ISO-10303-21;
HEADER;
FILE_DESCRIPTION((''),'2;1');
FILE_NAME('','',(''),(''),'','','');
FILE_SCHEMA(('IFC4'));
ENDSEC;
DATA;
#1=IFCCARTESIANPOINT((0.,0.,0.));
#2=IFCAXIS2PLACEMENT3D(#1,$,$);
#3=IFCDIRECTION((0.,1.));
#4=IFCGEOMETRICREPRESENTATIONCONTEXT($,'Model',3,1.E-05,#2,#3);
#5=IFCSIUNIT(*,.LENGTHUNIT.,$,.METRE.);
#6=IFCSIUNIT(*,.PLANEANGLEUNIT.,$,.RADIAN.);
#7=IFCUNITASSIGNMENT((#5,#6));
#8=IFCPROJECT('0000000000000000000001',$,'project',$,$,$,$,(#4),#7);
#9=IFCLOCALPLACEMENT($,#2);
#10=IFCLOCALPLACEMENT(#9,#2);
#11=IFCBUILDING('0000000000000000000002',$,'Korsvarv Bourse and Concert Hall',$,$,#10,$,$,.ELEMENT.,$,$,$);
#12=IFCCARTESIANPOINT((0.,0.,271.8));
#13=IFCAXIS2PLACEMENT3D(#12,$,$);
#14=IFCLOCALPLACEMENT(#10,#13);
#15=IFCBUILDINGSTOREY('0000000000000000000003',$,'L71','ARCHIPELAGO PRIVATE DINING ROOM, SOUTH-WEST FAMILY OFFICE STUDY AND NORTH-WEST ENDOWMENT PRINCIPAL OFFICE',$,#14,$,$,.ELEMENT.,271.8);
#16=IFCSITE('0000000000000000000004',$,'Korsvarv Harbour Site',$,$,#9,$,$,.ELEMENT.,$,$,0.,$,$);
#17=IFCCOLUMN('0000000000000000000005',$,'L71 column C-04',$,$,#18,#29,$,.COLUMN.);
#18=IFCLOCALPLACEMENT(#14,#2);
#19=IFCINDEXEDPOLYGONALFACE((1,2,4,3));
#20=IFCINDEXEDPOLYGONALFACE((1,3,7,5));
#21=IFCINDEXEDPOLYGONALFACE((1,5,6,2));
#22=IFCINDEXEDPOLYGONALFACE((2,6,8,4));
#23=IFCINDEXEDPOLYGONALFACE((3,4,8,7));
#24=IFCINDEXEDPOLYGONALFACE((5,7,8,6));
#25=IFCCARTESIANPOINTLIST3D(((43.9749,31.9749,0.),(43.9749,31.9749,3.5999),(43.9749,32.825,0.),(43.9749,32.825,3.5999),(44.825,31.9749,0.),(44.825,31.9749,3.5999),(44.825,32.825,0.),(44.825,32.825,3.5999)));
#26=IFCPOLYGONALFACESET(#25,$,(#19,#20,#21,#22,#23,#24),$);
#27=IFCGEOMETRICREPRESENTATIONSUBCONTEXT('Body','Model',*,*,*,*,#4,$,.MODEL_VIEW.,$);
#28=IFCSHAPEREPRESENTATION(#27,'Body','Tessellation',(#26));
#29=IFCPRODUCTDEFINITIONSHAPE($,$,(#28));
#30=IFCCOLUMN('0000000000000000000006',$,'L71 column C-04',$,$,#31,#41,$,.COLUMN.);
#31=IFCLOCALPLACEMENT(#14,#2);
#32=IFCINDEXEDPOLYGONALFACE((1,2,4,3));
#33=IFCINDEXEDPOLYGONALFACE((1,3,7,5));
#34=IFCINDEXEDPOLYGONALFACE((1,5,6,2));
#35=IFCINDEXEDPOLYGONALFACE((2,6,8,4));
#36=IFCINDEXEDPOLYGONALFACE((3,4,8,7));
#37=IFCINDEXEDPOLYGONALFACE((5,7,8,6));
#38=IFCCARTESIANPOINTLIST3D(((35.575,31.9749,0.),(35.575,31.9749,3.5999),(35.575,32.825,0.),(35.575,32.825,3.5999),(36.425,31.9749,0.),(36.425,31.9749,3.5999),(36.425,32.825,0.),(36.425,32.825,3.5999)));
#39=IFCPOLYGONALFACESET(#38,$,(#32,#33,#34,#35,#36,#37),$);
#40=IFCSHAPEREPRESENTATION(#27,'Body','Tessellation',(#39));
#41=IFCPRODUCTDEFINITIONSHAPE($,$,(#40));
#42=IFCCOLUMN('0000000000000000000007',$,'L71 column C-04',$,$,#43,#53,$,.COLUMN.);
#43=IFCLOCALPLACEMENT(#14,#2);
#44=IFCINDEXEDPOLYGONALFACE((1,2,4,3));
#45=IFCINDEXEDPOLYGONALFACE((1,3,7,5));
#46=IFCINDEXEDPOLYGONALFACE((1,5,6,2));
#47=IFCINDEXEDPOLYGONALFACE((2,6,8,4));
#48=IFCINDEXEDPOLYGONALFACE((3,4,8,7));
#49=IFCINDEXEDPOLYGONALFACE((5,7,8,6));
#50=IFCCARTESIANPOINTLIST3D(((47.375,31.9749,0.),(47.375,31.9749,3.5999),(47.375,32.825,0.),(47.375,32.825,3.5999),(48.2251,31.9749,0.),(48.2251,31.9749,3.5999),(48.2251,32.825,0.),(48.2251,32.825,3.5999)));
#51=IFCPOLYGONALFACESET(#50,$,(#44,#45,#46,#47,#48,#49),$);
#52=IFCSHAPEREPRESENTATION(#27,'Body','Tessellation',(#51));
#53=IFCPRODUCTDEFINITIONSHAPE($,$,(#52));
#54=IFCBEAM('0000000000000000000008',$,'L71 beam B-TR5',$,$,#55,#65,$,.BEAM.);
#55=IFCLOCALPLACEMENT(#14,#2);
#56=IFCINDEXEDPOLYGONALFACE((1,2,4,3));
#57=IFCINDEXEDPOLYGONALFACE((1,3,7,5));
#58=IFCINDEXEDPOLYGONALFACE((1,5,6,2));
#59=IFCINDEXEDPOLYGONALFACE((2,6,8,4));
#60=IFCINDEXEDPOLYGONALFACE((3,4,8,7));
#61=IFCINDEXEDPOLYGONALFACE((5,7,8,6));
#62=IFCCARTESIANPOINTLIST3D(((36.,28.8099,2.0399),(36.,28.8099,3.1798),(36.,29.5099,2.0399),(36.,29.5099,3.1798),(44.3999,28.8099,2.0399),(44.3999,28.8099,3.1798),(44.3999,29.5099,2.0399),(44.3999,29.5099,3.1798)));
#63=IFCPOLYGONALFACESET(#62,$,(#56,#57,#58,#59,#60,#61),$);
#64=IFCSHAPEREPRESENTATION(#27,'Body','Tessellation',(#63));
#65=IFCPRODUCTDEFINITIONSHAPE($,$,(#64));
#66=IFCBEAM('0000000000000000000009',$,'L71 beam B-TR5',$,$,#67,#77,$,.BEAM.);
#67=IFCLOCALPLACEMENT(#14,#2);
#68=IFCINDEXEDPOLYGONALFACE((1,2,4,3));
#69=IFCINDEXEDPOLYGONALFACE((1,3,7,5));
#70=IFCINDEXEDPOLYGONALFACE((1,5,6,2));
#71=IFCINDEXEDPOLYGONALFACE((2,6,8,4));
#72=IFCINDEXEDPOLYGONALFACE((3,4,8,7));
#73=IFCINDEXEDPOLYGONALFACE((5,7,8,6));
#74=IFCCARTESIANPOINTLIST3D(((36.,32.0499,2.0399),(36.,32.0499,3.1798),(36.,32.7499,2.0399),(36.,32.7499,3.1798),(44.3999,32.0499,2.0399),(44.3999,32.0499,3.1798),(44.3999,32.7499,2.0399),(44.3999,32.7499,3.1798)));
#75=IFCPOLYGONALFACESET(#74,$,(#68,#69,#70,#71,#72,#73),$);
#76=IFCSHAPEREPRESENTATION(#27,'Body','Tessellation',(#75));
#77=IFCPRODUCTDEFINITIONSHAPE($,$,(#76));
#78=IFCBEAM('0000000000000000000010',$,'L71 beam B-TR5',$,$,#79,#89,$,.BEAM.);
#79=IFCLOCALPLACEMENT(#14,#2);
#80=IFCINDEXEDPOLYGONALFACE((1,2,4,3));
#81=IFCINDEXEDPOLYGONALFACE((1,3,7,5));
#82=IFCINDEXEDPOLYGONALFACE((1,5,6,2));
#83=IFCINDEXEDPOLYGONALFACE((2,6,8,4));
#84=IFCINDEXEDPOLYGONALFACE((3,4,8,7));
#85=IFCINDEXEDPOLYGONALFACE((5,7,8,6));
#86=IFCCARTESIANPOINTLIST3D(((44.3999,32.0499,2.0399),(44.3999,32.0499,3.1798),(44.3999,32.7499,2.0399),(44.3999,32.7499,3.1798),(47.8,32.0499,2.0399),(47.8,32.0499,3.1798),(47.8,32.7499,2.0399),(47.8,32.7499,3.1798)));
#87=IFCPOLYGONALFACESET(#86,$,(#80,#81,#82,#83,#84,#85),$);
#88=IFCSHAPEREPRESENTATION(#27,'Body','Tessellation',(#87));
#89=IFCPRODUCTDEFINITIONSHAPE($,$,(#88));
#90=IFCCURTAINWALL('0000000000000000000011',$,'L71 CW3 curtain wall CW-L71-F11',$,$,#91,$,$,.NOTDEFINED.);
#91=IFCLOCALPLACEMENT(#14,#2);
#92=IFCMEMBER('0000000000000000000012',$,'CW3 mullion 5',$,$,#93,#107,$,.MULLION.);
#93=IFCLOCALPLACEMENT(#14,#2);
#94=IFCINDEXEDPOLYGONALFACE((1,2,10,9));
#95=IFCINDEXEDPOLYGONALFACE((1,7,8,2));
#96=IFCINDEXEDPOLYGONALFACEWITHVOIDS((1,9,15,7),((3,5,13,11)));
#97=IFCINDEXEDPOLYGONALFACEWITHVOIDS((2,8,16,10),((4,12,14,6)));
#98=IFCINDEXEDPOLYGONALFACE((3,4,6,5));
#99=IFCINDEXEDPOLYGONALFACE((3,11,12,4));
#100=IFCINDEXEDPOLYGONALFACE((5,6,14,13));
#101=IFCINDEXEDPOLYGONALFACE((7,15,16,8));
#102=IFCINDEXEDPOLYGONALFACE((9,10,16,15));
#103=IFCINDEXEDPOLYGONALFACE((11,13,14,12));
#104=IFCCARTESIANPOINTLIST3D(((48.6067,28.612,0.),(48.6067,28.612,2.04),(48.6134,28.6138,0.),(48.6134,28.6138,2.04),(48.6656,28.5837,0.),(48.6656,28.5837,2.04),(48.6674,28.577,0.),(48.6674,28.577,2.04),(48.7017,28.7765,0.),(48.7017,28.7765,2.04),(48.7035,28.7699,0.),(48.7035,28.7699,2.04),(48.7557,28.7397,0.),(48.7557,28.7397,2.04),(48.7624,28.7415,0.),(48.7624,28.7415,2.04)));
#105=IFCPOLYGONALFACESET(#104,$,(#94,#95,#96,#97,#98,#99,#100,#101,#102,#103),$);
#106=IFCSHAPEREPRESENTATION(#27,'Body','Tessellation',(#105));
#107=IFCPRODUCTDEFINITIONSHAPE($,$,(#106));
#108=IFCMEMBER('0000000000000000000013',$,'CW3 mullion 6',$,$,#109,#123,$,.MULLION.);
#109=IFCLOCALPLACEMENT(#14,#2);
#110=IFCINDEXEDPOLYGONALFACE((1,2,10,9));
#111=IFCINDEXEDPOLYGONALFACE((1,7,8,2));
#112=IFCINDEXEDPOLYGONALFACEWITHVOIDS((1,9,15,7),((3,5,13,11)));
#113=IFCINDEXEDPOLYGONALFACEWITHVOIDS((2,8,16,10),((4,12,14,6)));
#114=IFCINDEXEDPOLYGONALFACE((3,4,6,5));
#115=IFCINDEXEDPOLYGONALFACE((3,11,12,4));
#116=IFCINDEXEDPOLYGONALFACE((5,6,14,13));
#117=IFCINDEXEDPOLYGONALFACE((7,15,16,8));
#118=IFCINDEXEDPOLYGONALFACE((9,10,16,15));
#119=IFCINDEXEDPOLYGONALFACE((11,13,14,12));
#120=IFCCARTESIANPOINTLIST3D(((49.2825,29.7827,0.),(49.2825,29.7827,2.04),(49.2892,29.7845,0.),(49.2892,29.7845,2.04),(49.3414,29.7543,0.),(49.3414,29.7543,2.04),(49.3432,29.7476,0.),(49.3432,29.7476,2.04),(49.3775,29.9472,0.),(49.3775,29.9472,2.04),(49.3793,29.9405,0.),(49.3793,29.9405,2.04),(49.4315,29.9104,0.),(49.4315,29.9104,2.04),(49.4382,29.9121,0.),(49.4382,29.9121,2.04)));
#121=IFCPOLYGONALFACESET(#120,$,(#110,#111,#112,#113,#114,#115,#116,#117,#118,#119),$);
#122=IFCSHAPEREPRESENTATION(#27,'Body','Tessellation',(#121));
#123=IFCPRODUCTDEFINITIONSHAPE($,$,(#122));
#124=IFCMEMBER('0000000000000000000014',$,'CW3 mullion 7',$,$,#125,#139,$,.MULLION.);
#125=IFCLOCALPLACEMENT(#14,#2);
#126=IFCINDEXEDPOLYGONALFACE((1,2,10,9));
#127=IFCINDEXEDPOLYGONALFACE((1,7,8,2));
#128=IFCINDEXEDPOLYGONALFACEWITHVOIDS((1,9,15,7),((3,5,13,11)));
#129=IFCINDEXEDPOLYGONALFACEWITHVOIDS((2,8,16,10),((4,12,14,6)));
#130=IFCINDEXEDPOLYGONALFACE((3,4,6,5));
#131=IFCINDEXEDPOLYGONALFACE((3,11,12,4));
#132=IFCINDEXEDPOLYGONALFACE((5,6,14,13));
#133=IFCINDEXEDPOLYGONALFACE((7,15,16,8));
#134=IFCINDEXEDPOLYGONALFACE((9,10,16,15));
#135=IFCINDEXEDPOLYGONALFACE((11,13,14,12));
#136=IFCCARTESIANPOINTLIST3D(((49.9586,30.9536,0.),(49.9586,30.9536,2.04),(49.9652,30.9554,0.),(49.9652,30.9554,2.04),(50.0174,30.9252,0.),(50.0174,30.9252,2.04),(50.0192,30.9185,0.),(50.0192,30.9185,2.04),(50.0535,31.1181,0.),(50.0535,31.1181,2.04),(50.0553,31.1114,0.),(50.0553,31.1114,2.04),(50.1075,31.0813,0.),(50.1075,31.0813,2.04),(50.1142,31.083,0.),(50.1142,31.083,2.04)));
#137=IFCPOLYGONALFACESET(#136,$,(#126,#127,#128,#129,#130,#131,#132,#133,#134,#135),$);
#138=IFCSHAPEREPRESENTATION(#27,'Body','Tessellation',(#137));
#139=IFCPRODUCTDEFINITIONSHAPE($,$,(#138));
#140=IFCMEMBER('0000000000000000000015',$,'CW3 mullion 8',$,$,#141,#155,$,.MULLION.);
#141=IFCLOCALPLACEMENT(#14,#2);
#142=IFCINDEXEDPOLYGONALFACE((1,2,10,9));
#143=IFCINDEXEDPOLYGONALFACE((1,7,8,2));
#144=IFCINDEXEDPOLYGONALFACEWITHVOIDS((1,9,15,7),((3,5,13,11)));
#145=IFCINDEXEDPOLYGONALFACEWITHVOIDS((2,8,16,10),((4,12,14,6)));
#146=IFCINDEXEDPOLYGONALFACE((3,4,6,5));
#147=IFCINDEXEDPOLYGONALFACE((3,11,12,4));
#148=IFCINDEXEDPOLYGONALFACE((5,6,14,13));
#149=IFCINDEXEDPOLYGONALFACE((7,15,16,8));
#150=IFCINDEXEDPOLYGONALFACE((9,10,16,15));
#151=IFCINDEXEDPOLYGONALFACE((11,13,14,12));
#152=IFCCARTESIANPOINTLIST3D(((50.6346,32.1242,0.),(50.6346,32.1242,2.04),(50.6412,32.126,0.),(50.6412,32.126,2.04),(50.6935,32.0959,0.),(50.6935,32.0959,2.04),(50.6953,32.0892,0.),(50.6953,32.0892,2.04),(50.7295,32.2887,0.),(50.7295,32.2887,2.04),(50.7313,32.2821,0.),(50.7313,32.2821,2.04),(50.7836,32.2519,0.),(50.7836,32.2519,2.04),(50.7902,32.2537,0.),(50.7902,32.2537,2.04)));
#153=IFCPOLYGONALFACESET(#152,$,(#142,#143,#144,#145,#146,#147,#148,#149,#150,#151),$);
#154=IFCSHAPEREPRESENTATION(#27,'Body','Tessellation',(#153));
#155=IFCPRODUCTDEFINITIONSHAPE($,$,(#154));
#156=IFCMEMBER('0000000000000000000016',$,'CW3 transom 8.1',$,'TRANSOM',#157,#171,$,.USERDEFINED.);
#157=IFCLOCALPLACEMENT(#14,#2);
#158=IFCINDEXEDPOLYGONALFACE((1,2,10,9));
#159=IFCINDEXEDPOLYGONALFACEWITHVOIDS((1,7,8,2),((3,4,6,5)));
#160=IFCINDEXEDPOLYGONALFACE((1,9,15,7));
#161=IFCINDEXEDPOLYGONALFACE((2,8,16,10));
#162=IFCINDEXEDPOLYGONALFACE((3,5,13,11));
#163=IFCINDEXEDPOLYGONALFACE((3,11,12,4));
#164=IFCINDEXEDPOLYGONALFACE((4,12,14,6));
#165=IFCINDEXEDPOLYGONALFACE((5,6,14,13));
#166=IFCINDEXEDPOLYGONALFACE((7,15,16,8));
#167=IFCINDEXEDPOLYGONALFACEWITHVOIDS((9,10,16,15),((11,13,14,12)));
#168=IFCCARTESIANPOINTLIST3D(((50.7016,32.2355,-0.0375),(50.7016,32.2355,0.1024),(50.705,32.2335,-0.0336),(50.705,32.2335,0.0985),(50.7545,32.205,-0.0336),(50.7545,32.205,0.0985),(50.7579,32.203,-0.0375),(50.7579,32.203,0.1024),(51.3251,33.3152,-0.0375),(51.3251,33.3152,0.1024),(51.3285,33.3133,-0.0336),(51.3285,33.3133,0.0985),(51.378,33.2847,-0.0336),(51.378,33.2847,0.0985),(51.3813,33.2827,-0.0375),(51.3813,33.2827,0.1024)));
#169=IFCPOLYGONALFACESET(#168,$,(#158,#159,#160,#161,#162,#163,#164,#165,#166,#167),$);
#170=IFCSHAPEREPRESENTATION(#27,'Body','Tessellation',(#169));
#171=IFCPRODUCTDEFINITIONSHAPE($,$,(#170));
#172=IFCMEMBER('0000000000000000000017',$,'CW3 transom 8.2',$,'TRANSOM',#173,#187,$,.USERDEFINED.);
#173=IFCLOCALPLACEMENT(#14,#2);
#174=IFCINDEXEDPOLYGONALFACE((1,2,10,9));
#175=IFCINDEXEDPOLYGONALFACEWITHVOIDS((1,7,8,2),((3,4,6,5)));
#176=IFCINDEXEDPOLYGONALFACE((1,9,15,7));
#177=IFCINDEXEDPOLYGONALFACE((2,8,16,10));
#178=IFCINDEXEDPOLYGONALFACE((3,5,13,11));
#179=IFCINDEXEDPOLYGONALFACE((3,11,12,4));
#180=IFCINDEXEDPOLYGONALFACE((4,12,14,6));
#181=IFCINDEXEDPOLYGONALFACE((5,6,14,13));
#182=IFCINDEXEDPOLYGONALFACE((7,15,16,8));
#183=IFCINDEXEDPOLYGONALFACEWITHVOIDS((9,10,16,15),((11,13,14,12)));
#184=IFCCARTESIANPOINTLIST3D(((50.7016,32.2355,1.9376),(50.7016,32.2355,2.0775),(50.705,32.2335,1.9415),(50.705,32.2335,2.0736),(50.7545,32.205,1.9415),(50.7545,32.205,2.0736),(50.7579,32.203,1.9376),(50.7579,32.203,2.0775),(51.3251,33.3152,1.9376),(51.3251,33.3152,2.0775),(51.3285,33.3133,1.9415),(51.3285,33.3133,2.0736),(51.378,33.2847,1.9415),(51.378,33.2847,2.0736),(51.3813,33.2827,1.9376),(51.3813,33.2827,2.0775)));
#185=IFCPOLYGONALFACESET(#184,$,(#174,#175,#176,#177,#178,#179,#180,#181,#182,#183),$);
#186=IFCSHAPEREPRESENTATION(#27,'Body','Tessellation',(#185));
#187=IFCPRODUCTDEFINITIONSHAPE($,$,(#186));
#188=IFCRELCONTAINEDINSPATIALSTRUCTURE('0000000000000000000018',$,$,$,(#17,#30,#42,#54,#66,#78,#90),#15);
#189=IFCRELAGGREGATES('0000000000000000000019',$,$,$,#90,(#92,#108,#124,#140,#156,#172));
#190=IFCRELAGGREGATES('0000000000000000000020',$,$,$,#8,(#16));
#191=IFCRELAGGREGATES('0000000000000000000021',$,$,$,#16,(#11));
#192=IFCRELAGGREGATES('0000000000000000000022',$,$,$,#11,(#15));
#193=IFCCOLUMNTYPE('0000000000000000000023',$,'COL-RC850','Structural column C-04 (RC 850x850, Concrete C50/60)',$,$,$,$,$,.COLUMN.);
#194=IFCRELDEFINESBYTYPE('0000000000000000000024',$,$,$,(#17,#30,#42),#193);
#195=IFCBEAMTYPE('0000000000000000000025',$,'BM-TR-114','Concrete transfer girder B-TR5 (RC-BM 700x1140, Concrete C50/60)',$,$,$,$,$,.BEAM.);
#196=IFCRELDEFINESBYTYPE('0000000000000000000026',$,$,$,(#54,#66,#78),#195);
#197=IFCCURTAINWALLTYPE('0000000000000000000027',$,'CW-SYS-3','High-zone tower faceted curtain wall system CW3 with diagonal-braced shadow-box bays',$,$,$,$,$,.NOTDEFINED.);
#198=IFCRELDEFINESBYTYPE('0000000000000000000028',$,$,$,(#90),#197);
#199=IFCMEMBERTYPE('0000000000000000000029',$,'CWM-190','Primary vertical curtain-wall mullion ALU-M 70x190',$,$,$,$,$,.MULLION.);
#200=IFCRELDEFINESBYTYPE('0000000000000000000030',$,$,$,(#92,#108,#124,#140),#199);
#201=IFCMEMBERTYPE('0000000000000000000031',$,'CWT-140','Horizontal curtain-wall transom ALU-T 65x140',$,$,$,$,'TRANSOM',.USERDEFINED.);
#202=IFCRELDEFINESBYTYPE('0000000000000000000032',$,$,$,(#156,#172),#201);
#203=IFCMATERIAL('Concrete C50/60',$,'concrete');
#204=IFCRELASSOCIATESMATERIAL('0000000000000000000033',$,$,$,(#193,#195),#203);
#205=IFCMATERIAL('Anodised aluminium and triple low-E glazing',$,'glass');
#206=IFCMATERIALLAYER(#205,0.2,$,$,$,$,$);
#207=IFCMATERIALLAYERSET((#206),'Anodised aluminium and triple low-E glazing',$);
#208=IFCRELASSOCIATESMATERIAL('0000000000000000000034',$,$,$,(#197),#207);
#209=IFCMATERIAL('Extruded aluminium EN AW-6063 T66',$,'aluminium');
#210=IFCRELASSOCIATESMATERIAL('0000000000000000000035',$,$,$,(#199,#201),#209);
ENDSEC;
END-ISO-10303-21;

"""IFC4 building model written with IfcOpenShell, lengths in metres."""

from ifc_helpers import new_model, si_unit, direction, frame, origin, origin_2d, place, context, subcontext, project, spatial, rectangle, hollow_rectangle, extrude, source, transform, mapped, material, layer, layer_set, material_profile, profile_set, type_object, element, aggregate, save


model = new_model("IFC4")

# Units and contexts
model_context = context("Model", 3, precision=1e-05, world=origin(), true_north=direction((0.0, 1.0)))
body_context = subcontext(model_context, "Body", "Model", "MODEL_VIEW")
ifc_project = project(units=[si_unit("LENGTHUNIT", "METRE"), si_unit("PLANEANGLEUNIT", "RADIAN")], contexts=[model_context])

# Site, building, storey
site_placement = place(None, origin())
site = spatial("IfcSite", under=ifc_project, at=site_placement, Name="Korsvarv Harbour Site", CompositionType="ELEMENT", RefElevation=0.0)
building_placement = place(site_placement, origin())
building = spatial("IfcBuilding", under=site, at=building_placement, Name="Korsvarv Bourse and Concert Hall", CompositionType="ELEMENT")
storey_placement = place(building_placement, frame((0.0, 0.0, 271.8)))
storey = spatial("IfcBuildingStorey", under=building, at=storey_placement, Name="L71", Description="ARCHIPELAGO PRIVATE DINING ROOM, SOUTH-WEST FAMILY OFFICE STUDY AND NORTH-WEST ENDOWMENT PRINCIPAL OFFICE", CompositionType="ELEMENT", Elevation=271.8)

# Columns
ifc_material_1 = material(Name="Concrete C50/60", Category="concrete")
ifc_material_profile_1 = material_profile(ifc_material_1, rectangle(XDim=0.8501, YDim=0.8501, at=origin_2d()), Name="RC 850x850")
ifc_profile_set_1 = profile_set([ifc_material_profile_1], Name="Concrete C50/60")
column_type = type_object("IfcColumnType", Name="COL-RC850", Description="Structural column C-04 (RC 850x850, Concrete C50/60)", PredefinedType="COLUMN", material=ifc_profile_set_1)
shared_shape_1 = source(origin(), body_context, "Body", "SweptSolid", [
    extrude(rectangle(XDim=0.8501, YDim=0.8501, at=origin_2d()), origin(), (0.0, 0.0, 1.0), 3.5999),
])
for number, where, z_axis, x_axis, name in (
    (1, (44.3999, 32.3999, 0.0), (0.0, 0.0, 1.0), (1.0, 0.0, 0.0), "L71 column C-04"),
    (2, (36.0, 32.3999, 0.0), (0.0, 0.0, 1.0), (1.0, 0.0, 0.0), "L71 column C-04"),
    (3, (47.8, 32.3999, 0.0), (0.0, 0.0, 1.0), (1.0, 0.0, 0.0), "L71 column C-04"),
):
    element("IfcColumn", number, at=place(storey_placement, frame(where, z_axis=z_axis, x_axis=x_axis)), inside=storey, type_object=column_type, Name=name, PredefinedType="COLUMN", context=body_context, shape_type="MappedRepresentation", body=[
        mapped(shared_shape_1, transform((0.0, 0.0, 0.0), scale=1.0)),
    ])

# Beams
ifc_material_profile_2 = material_profile(ifc_material_1, rectangle(XDim=0.7, YDim=1.1399, at=origin_2d()), Name="RC-BM 700x1140")
ifc_profile_set_2 = profile_set([ifc_material_profile_2], Name="Concrete C50/60")
beam_type = type_object("IfcBeamType", Name="BM-TR-114", Description="Concrete transfer girder B-TR5 (RC-BM 700x1140, Concrete C50/60)", PredefinedType="BEAM", material=ifc_profile_set_2)
shared_shape_2 = source(origin(), body_context, "Body", "SweptSolid", [
    extrude(rectangle(XDim=0.7, YDim=1.1399, at=origin_2d()), origin(), (0.0, 0.0, 1.0), 8.3999),
])
for number, where, z_axis, x_axis, name in (
    (4, (36.0, 29.1599, 2.6099), (1.0, 0.0, 0.0), (0.0, 1.0, 0.0), "L71 beam B-TR5"),
    (5, (36.0, 32.3999, 2.6099), (1.0, 0.0, 0.0), (0.0, 1.0, 0.0), "L71 beam B-TR5"),
):
    element("IfcBeam", number, at=place(storey_placement, frame(where, z_axis=z_axis, x_axis=x_axis)), inside=storey, type_object=beam_type, Name=name, PredefinedType="BEAM", context=body_context, shape_type="MappedRepresentation", body=[
        mapped(shared_shape_2, transform((0.0, 0.0, 0.0), scale=1.0)),
    ])
shared_shape_3 = source(origin(), body_context, "Body", "SweptSolid", [
    extrude(rectangle(XDim=0.7, YDim=1.1399, at=origin_2d()), origin(), (0.0, 0.0, 1.0), 3.4001),
])
beam_placement = place(storey_placement, frame((44.3999, 32.3999, 2.6099), z_axis=(1.0, 0.0, 0.0), x_axis=(0.0, 1.0, 0.0)))
element("IfcBeam", 6, at=beam_placement, inside=storey, type_object=beam_type, Name="L71 beam B-TR5", PredefinedType="BEAM", context=body_context, shape_type="MappedRepresentation", body=[
    mapped(shared_shape_3, transform((0.0, 0.0, 0.0), scale=1.0)),
])

# Curtain wall, members
ifc_material_2 = material(Name="Anodised aluminium and triple low-E glazing", Category="glass")
ifc_layer_1 = layer(ifc_material_2, 0.2)
ifc_layer_set_1 = layer_set([ifc_layer_1], Name="Anodised aluminium and triple low-E glazing")
curtain_wall_type = type_object("IfcCurtainWallType", Name="CW-SYS-3", Description="High-zone tower faceted curtain wall system CW3 with diagonal-braced shadow-box bays", PredefinedType="NOTDEFINED", material=ifc_layer_set_1)
curtain_wall_placement = place(storey_placement, origin())
curtain_wall = element("IfcCurtainWall", 7, at=curtain_wall_placement, inside=storey, type_object=curtain_wall_type, Name="L71 CW3 curtain wall CW-L71-F11", PredefinedType="NOTDEFINED")
ifc_material_3 = material(Name="Extruded aluminium EN AW-6063 T66", Category="aluminium")
ifc_material_profile_3 = material_profile(ifc_material_3, hollow_rectangle(XDim=0.0701, YDim=0.1899, WallThickness=0.0049, at=origin_2d()), Name="ALU-M 70x190")
ifc_profile_set_3 = profile_set([ifc_material_profile_3], Name="Extruded aluminium EN AW-6063 T66")
member_type_1 = type_object("IfcMemberType", Name="CWM-190", Description="Primary vertical curtain-wall mullion ALU-M 70x190", PredefinedType="MULLION", material=ifc_profile_set_3)
shared_shape_4 = source(origin(), body_context, "Body", "SweptSolid", [
    extrude(hollow_rectangle(XDim=0.0701, YDim=0.1899, WallThickness=0.0049, at=origin_2d()), origin(), (0.0, 0.0, 1.0), 2.04),
])
member_1_placement = place(storey_placement, frame((48.6846, 28.6768, 0.0), z_axis=(0.0, 0.0, 1.0), x_axis=(-0.866023, 0.500004, 0.0)))
member_1 = element("IfcMember", 8, at=member_1_placement, type_object=member_type_1, Name="CW3 mullion 5", PredefinedType="MULLION", context=body_context, shape_type="MappedRepresentation", body=[
    mapped(shared_shape_4, transform((0.0, 0.0, 0.0), scale=1.0)),
])
member_2_placement = place(storey_placement, frame((49.3604, 29.8474, 0.0), z_axis=(0.0, 0.0, 1.0), x_axis=(-0.866023, 0.500004, 0.0)))
member_2 = element("IfcMember", 9, at=member_2_placement, type_object=member_type_1, Name="CW3 mullion 6", PredefinedType="MULLION", context=body_context, shape_type="MappedRepresentation", body=[
    mapped(shared_shape_4, transform((0.0, 0.0, 0.0), scale=1.0)),
])
member_3_placement = place(storey_placement, frame((50.0364, 31.0183, 0.0), z_axis=(0.0, 0.0, 1.0), x_axis=(-0.866023, 0.500004, 0.0)))
member_3 = element("IfcMember", 10, at=member_3_placement, type_object=member_type_1, Name="CW3 mullion 7", PredefinedType="MULLION", context=body_context, shape_type="MappedRepresentation", body=[
    mapped(shared_shape_4, transform((0.0, 0.0, 0.0), scale=1.0)),
])
member_4_placement = place(storey_placement, frame((50.7124, 32.189, 0.0), z_axis=(0.0, 0.0, 1.0), x_axis=(-0.866023, 0.500004, 0.0)))
member_4 = element("IfcMember", 11, at=member_4_placement, type_object=member_type_1, Name="CW3 mullion 8", PredefinedType="MULLION", context=body_context, shape_type="MappedRepresentation", body=[
    mapped(shared_shape_4, transform((0.0, 0.0, 0.0), scale=1.0)),
])
ifc_material_profile_4 = material_profile(ifc_material_3, hollow_rectangle(XDim=0.0649, YDim=0.1399, WallThickness=0.0039, at=origin_2d()), Name="ALU-T 65x140")
ifc_profile_set_4 = profile_set([ifc_material_profile_4], Name="Extruded aluminium EN AW-6063 T66")
member_type_2 = type_object("IfcMemberType", Name="CWT-140", Description="Horizontal curtain-wall transom ALU-T 65x140", ElementType="TRANSOM", PredefinedType="USERDEFINED", material=ifc_profile_set_4)
shared_shape_5 = source(origin(), body_context, "Body", "SweptSolid", [
    extrude(hollow_rectangle(XDim=0.0649, YDim=0.1399, WallThickness=0.0039, at=origin_2d()), origin(), (0.0, 0.0, 1.0), 1.2468),
])
member_5_placement = place(storey_placement, frame((50.7297, 32.2192, 0.0325), z_axis=(0.500056, 0.865993, 0.0), x_axis=(-0.865993, 0.500056, 0.0)))
member_5 = element("IfcMember", 12, at=member_5_placement, type_object=member_type_2, Name="CW3 transom 8.1", ObjectType="TRANSOM", PredefinedType="USERDEFINED", context=body_context, shape_type="MappedRepresentation", body=[
    mapped(shared_shape_5, transform((0.0, 0.0, 0.0), scale=1.0)),
])
member_6_placement = place(storey_placement, frame((50.7297, 32.2192, 2.0076), z_axis=(0.500056, 0.865993, 0.0), x_axis=(-0.865993, 0.500056, 0.0)))
member_6 = element("IfcMember", 13, at=member_6_placement, type_object=member_type_2, Name="CW3 transom 8.2", ObjectType="TRANSOM", PredefinedType="USERDEFINED", context=body_context, shape_type="MappedRepresentation", body=[
    mapped(shared_shape_5, transform((0.0, 0.0, 0.0), scale=1.0)),
])
aggregate(curtain_wall, [member_1, member_2, member_3, member_4, member_5, member_6])

save(model, "model.ifc")
